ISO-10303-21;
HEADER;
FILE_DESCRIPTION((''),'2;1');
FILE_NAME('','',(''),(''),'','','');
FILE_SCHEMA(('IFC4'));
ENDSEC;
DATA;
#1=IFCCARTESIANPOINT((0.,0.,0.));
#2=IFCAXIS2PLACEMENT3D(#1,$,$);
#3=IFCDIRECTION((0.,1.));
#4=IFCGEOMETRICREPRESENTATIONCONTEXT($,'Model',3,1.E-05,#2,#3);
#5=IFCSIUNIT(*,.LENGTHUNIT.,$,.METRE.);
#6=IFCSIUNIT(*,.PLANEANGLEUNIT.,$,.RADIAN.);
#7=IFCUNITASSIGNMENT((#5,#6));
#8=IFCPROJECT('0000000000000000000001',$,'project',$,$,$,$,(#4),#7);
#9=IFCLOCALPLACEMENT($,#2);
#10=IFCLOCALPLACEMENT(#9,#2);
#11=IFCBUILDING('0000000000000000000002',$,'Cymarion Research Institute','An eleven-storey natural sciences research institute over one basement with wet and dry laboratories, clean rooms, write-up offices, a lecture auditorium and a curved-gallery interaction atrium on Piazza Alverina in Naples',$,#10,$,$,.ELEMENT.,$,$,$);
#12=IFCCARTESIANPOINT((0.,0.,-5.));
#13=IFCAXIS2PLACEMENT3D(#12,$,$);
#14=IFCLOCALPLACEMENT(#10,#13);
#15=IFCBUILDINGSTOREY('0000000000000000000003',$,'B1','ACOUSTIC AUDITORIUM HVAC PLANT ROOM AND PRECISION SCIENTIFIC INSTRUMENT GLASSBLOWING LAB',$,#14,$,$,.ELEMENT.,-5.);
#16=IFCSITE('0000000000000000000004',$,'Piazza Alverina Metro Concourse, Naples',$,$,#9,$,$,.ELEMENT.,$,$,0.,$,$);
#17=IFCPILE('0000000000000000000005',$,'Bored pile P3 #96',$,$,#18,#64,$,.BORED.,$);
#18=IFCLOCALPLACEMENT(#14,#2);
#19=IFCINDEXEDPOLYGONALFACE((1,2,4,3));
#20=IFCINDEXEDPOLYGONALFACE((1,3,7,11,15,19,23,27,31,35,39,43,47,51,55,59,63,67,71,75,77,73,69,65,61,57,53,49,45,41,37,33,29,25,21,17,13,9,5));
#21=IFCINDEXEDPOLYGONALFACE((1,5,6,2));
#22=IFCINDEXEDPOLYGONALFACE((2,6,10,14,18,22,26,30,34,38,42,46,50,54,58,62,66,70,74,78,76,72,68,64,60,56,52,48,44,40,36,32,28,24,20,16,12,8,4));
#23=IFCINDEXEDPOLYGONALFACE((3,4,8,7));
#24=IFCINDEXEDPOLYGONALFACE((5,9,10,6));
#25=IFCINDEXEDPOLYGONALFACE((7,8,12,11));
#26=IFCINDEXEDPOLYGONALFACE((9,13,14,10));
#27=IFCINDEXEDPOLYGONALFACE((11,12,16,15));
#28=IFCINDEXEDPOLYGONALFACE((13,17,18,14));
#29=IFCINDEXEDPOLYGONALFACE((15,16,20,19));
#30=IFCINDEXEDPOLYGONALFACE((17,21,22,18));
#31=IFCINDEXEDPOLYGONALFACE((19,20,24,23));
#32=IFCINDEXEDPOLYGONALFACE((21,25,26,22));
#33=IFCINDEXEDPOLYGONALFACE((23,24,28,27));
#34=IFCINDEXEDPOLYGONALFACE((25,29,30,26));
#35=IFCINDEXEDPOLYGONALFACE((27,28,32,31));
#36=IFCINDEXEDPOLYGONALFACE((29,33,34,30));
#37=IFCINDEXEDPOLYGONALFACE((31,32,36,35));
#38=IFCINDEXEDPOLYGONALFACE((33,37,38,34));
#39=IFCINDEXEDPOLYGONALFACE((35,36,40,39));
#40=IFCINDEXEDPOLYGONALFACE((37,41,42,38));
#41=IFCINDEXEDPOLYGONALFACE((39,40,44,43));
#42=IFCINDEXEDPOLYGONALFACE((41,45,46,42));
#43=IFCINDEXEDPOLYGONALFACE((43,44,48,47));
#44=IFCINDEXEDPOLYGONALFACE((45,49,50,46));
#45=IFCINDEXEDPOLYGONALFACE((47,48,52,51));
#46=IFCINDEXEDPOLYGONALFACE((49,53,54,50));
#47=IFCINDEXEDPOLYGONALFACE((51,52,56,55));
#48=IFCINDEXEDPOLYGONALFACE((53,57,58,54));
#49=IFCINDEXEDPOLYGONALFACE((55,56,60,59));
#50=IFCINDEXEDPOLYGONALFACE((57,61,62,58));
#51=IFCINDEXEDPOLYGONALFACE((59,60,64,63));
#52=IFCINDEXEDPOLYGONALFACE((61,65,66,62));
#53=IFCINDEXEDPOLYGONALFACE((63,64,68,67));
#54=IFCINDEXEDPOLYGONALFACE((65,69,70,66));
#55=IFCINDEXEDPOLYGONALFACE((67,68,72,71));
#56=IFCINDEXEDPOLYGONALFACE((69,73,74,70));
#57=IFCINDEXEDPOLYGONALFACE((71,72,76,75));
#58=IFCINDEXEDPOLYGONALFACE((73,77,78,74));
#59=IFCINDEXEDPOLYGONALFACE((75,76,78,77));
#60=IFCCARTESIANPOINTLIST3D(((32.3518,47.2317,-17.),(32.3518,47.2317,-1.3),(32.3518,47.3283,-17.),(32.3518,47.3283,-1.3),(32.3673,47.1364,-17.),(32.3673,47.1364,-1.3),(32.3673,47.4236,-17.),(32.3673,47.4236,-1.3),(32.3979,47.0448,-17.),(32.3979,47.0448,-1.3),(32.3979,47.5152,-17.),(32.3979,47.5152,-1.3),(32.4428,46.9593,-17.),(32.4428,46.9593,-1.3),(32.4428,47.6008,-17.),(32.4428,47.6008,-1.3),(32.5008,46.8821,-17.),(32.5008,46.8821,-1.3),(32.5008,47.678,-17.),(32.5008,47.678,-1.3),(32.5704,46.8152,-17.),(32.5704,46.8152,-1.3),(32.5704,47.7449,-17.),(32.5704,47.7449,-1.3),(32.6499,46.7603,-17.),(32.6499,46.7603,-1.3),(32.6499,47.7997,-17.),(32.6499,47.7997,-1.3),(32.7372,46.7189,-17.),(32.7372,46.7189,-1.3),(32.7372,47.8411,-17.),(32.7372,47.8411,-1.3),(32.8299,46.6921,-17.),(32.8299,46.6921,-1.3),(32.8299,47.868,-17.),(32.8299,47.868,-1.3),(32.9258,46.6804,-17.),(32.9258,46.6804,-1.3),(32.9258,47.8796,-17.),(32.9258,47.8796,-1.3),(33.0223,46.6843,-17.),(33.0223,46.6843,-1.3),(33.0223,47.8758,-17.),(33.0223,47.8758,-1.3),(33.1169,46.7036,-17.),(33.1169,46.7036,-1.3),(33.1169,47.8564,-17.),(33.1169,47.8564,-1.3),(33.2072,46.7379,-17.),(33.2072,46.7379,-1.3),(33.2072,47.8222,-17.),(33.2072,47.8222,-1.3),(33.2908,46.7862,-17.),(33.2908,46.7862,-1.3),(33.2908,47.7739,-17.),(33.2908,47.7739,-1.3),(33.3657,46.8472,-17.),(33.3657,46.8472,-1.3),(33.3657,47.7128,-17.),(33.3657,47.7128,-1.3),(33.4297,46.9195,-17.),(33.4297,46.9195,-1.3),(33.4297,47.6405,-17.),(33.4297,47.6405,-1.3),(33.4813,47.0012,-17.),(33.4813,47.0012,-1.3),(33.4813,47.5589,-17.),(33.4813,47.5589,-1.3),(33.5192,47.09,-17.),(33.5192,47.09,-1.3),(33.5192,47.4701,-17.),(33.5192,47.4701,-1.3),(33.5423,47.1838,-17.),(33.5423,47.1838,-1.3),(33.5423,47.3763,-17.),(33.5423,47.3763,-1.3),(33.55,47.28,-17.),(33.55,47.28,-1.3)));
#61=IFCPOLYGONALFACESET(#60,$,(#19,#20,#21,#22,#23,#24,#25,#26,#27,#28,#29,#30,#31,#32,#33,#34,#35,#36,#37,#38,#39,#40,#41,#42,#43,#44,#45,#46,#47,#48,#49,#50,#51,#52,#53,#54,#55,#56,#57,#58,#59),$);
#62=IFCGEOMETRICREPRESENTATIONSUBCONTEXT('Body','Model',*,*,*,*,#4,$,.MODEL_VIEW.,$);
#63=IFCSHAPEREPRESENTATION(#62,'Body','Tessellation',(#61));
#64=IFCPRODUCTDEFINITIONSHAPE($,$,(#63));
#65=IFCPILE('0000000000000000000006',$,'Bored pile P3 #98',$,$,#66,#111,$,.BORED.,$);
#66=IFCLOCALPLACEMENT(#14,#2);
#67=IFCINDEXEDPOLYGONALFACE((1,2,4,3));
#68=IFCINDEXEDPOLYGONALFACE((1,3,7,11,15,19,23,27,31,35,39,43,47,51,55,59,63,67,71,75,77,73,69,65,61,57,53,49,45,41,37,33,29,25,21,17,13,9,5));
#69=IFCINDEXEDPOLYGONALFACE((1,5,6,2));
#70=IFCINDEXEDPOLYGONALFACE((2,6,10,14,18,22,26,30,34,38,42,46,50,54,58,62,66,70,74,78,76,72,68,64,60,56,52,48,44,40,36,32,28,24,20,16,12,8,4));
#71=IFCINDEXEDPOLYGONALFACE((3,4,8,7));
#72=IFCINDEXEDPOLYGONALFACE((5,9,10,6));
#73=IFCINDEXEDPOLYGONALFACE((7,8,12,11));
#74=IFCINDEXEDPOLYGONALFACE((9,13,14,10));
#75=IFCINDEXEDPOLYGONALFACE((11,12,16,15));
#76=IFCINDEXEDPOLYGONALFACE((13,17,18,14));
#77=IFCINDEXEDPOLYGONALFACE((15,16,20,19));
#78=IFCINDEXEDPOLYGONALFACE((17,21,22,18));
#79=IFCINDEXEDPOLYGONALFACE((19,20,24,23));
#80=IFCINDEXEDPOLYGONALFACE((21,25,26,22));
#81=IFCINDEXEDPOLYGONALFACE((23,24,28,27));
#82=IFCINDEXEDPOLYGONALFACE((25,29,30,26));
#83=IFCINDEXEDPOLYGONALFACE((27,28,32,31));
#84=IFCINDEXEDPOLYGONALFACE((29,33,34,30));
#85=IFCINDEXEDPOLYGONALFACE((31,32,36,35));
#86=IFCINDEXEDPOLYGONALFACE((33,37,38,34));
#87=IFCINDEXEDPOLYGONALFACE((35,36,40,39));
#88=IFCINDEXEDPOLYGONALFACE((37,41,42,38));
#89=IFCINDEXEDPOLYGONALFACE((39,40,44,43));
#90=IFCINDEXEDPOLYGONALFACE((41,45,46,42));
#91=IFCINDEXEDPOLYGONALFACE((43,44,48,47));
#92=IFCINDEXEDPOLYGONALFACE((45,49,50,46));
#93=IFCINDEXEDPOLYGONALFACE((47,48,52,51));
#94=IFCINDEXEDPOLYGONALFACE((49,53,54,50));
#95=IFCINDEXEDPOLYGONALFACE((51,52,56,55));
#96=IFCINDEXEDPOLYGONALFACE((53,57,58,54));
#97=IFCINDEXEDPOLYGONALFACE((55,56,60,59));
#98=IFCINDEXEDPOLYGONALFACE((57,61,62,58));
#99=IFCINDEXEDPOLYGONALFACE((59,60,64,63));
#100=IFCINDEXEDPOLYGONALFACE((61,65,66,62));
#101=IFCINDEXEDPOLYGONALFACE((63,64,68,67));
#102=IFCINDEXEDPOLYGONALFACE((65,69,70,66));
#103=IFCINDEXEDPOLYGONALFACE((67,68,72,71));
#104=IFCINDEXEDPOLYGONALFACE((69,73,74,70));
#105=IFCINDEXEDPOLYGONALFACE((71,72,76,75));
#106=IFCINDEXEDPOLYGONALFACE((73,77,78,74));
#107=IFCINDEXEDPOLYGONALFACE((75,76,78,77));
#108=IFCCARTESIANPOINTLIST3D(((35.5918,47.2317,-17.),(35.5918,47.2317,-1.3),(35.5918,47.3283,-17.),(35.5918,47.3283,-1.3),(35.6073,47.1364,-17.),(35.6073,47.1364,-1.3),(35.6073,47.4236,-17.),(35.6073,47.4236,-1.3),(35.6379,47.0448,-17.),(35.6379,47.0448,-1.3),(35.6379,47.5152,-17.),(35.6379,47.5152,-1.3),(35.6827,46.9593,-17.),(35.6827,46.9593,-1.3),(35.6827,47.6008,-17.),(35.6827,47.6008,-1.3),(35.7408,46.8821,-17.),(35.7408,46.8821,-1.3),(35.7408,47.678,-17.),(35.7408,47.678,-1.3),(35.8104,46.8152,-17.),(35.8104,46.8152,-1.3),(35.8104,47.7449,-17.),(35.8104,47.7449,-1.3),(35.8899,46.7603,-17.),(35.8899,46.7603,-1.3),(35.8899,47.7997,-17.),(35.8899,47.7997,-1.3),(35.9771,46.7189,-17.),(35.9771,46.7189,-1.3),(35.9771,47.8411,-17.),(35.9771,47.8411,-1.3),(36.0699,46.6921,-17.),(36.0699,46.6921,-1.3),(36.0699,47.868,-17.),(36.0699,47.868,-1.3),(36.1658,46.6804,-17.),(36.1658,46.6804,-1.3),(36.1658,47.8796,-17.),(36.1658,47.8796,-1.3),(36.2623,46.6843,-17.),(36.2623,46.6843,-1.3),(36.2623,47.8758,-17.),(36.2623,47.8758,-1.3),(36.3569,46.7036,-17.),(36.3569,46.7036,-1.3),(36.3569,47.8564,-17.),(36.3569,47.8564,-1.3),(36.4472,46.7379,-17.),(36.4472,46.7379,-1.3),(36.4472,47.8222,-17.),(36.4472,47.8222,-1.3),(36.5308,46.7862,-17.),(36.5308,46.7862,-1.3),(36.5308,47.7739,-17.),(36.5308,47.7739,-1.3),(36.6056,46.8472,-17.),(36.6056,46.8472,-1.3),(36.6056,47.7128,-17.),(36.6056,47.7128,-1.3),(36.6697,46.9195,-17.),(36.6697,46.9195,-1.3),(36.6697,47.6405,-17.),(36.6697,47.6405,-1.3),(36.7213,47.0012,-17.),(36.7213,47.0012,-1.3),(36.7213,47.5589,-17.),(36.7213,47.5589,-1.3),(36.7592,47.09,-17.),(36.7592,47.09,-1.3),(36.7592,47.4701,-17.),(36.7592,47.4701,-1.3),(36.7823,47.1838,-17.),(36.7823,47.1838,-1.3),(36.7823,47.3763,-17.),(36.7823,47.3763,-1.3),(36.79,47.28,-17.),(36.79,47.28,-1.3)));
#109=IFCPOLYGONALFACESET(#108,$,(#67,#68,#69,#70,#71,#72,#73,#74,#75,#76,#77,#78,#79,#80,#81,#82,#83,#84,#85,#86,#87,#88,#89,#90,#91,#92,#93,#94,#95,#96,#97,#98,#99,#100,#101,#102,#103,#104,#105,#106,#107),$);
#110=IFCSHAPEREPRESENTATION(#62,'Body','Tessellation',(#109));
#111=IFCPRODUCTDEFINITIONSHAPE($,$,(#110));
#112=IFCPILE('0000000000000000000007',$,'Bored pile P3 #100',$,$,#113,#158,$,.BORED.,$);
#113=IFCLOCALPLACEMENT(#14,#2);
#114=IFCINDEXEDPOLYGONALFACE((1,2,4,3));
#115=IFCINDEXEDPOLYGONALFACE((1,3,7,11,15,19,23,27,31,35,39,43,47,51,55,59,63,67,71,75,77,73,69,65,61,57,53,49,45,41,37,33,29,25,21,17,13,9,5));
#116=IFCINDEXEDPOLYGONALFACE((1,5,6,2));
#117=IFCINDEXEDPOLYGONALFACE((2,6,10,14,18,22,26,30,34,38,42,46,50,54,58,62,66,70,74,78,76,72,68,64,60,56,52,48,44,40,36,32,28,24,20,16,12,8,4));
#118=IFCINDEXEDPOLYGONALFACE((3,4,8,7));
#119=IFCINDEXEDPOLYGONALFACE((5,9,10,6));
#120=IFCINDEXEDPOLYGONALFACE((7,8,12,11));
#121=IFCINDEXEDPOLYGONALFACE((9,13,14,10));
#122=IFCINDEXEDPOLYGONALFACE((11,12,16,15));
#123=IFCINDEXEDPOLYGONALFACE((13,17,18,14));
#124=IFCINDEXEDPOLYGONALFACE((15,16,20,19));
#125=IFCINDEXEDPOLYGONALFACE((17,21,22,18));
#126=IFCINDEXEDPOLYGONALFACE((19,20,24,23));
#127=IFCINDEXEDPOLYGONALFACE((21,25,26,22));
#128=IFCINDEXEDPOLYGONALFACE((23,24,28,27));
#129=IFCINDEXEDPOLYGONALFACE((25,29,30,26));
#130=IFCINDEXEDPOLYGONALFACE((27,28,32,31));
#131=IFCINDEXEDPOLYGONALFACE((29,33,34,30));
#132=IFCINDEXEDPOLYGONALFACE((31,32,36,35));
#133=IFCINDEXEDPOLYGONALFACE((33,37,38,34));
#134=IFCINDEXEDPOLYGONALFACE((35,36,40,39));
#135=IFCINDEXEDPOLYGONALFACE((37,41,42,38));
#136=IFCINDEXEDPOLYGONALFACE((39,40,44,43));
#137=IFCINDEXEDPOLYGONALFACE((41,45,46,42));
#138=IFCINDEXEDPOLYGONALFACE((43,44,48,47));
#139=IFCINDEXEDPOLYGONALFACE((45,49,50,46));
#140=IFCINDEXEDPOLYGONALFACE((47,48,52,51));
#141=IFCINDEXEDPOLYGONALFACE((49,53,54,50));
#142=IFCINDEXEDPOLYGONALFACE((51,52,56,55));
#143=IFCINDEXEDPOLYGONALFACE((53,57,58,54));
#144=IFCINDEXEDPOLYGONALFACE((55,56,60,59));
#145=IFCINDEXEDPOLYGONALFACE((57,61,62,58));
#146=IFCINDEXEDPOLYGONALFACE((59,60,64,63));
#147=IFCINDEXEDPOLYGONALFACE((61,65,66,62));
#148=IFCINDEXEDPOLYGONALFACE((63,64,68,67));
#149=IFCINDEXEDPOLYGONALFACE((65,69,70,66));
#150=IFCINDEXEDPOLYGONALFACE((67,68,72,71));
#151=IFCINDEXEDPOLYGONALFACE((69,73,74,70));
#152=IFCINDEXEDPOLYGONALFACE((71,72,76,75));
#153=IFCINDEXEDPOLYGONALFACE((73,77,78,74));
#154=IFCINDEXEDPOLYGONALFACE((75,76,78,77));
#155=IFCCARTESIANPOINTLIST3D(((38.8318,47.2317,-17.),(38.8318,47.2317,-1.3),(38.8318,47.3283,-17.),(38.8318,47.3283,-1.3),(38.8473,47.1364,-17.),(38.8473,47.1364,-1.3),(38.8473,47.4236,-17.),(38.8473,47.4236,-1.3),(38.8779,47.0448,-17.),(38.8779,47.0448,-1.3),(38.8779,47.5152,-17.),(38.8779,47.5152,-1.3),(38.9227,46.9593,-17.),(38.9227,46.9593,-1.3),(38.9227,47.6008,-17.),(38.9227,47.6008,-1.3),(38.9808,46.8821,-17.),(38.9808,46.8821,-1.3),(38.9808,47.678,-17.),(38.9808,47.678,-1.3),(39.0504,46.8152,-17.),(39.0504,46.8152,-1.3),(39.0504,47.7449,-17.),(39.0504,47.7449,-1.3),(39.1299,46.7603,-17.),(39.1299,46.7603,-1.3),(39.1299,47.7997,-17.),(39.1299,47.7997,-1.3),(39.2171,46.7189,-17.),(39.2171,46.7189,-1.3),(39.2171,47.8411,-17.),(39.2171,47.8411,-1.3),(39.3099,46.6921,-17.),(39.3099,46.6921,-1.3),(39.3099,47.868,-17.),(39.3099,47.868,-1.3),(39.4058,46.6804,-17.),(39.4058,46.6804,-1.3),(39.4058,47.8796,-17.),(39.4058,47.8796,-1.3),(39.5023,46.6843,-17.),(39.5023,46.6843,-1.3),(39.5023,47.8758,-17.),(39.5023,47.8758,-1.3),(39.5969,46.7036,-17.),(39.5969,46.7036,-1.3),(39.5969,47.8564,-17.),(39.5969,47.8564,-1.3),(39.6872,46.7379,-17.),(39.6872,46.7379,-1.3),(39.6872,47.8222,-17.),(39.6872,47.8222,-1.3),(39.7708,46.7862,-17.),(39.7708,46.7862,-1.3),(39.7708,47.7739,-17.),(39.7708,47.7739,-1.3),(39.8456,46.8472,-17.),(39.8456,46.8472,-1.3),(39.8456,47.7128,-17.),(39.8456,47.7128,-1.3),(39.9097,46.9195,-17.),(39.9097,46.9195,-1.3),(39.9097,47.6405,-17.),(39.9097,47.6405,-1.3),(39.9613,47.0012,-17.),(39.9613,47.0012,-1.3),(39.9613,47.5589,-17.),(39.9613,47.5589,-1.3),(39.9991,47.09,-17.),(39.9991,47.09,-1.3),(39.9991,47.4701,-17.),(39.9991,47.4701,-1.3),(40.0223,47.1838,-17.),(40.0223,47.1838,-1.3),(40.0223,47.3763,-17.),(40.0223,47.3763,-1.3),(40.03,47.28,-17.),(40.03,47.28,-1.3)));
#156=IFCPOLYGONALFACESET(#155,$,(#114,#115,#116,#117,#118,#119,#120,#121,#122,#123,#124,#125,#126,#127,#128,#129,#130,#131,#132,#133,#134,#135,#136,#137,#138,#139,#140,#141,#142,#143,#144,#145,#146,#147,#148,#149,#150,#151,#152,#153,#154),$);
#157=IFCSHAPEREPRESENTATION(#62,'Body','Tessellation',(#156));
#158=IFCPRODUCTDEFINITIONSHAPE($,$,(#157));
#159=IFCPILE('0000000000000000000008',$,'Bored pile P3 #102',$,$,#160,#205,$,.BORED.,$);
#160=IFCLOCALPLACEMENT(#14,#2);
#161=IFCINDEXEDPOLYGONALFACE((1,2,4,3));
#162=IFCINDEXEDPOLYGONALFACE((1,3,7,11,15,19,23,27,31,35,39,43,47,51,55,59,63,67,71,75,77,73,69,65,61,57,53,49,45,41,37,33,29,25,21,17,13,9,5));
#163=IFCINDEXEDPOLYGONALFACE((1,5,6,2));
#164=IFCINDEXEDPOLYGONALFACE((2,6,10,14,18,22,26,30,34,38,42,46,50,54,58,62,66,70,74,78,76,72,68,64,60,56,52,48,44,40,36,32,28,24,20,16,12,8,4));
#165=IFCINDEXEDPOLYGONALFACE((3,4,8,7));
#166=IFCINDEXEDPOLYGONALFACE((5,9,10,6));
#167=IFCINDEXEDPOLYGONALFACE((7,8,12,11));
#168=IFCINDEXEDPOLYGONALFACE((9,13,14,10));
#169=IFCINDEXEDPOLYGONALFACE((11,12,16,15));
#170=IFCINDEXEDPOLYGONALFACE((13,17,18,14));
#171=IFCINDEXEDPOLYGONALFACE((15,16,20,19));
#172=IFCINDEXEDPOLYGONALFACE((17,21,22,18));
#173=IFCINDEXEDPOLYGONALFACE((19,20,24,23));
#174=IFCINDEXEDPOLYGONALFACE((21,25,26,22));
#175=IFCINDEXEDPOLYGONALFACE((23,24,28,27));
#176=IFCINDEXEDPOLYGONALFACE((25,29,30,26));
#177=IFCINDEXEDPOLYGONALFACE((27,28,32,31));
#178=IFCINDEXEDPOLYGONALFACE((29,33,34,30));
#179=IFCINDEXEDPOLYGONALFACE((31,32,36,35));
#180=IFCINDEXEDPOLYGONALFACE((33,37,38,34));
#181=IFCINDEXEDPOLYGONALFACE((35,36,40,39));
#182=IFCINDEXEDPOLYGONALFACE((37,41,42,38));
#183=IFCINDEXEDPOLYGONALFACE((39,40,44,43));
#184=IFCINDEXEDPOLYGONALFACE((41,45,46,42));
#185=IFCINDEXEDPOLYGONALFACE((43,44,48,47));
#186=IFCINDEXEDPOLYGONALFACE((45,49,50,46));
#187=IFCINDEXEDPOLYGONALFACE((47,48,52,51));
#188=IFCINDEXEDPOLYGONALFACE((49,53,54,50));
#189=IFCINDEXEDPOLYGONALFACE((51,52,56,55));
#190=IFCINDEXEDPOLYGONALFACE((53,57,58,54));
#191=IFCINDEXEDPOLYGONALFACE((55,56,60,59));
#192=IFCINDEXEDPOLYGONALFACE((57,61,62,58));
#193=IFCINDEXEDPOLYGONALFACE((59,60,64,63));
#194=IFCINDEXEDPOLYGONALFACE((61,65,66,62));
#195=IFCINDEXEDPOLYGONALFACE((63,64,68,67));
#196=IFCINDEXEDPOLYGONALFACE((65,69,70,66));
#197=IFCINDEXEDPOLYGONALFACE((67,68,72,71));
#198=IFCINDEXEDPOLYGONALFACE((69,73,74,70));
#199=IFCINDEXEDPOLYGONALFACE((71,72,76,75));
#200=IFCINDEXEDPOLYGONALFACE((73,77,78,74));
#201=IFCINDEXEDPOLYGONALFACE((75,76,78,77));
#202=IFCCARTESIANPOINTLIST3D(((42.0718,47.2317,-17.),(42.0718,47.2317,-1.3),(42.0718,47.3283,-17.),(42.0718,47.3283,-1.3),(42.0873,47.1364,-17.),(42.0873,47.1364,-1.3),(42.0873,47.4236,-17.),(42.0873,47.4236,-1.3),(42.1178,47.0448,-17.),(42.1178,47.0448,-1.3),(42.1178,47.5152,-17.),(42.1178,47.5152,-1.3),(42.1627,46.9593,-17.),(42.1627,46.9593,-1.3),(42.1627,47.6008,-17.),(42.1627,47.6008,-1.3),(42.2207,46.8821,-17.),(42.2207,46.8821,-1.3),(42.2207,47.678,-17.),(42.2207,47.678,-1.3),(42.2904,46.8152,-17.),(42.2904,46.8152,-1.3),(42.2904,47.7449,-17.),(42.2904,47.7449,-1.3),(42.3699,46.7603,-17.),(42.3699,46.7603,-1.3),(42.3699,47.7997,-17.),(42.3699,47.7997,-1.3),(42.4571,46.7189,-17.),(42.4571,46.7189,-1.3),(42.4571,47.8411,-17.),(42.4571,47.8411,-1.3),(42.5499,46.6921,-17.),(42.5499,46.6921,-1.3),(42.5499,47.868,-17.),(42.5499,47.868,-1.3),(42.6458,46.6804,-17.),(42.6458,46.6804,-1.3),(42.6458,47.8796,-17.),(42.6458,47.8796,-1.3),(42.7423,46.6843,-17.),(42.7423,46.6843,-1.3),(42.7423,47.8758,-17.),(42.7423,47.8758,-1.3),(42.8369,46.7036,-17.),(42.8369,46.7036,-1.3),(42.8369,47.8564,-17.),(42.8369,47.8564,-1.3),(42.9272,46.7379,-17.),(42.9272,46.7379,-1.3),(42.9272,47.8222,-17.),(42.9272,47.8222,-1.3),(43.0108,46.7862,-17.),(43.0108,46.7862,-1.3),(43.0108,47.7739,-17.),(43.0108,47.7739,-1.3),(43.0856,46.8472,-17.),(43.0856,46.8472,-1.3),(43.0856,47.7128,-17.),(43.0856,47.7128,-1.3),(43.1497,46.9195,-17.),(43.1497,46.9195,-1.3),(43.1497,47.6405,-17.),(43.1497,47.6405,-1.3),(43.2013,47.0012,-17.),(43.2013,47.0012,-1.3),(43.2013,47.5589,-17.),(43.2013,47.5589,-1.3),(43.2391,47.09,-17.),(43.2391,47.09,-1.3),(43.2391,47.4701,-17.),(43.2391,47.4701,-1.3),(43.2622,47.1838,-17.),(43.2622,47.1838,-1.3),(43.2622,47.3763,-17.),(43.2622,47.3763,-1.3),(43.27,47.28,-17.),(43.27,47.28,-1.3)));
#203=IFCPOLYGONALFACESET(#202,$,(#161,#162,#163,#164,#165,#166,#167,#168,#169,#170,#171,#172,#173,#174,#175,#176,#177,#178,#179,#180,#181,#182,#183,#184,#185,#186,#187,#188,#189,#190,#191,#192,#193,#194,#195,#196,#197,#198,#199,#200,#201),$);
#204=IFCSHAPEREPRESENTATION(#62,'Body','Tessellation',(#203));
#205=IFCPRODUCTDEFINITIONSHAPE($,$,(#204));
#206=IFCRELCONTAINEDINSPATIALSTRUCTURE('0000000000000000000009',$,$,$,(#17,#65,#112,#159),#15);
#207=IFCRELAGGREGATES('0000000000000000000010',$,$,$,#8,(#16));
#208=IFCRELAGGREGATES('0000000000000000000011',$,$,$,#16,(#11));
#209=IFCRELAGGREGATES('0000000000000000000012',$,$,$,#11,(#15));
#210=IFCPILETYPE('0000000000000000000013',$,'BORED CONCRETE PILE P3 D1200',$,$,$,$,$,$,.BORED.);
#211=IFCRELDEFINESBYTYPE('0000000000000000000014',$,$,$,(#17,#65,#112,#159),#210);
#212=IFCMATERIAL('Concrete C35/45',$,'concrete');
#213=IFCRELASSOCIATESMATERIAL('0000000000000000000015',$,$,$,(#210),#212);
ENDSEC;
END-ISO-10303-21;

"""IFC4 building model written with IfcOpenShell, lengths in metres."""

from ifc_helpers import new_model, si_unit, direction, frame, origin, origin_2d, place, context, subcontext, project, spatial, circle, extrude, material, material_profile, profile_set, type_object, element, save


model = new_model("IFC4")

# Units and contexts
model_context = context("Model", 3, precision=1e-05, world=origin(), true_north=direction((0.0, 1.0)))
body_context = subcontext(model_context, "Body", "Model", "MODEL_VIEW")
ifc_project = project(units=[si_unit("LENGTHUNIT", "METRE"), si_unit("PLANEANGLEUNIT", "RADIAN")], contexts=[model_context])

# Site, building, storey
site_placement = place(None, origin())
site = spatial("IfcSite", under=ifc_project, at=site_placement, Name="Piazza Alverina Metro Concourse, Naples", CompositionType="ELEMENT", RefElevation=0.0)
building_placement = place(site_placement, origin())
building = spatial("IfcBuilding", under=site, at=building_placement, Name="Cymarion Research Institute", Description="An eleven-storey natural sciences research institute over one basement with wet and dry laboratories, clean rooms, write-up offices, a lecture auditorium and a curved-gallery interaction atrium on Piazza Alverina in Naples", CompositionType="ELEMENT")
storey_placement = place(building_placement, frame((0.0, 0.0, -5.0)))
storey = spatial("IfcBuildingStorey", under=building, at=storey_placement, Name="B1", Description="ACOUSTIC AUDITORIUM HVAC PLANT ROOM AND PRECISION SCIENTIFIC INSTRUMENT GLASSBLOWING LAB", CompositionType="ELEMENT", Elevation=-5.0)

# Piles
ifc_material_1 = material(Name="Concrete C35/45", Category="concrete")
ifc_material_profile_1 = material_profile(ifc_material_1, circle(Radius=0.6001, at=origin_2d()), Name="BORED PILE D1200")
ifc_profile_set_1 = profile_set([ifc_material_profile_1], Name="Concrete C35/45")
pile_type = type_object("IfcPileType", Name="BORED CONCRETE PILE P3 D1200", PredefinedType="BORED", material=ifc_profile_set_1)
for number, where, z_axis, x_axis, name in (
    (1, (32.95, 47.28, -1.3), (0.0, 0.0, -1.0), (1.0, 0.0, 0.0), "Bored pile P3 #96"),
    (2, (36.1899, 47.28, -1.3), (0.0, 0.0, -1.0), (1.0, 0.0, 0.0), "Bored pile P3 #98"),
    (3, (39.4299, 47.28, -1.3), (0.0, 0.0, -1.0), (1.0, 0.0, 0.0), "Bored pile P3 #100"),
    (4, (42.6699, 47.28, -1.3), (0.0, 0.0, -1.0), (1.0, 0.0, 0.0), "Bored pile P3 #102"),
):
    element("IfcPile", number, at=place(storey_placement, frame(where, z_axis=z_axis, x_axis=x_axis)), inside=storey, type_object=pile_type, Name=name, PredefinedType="BORED", context=body_context, shape_type="SweptSolid", body=[
        extrude(circle(Radius=0.6001, at=origin_2d()), origin(), (0.0, 0.0, 1.0), 15.7),
    ])

save(model, "model.ifc")
